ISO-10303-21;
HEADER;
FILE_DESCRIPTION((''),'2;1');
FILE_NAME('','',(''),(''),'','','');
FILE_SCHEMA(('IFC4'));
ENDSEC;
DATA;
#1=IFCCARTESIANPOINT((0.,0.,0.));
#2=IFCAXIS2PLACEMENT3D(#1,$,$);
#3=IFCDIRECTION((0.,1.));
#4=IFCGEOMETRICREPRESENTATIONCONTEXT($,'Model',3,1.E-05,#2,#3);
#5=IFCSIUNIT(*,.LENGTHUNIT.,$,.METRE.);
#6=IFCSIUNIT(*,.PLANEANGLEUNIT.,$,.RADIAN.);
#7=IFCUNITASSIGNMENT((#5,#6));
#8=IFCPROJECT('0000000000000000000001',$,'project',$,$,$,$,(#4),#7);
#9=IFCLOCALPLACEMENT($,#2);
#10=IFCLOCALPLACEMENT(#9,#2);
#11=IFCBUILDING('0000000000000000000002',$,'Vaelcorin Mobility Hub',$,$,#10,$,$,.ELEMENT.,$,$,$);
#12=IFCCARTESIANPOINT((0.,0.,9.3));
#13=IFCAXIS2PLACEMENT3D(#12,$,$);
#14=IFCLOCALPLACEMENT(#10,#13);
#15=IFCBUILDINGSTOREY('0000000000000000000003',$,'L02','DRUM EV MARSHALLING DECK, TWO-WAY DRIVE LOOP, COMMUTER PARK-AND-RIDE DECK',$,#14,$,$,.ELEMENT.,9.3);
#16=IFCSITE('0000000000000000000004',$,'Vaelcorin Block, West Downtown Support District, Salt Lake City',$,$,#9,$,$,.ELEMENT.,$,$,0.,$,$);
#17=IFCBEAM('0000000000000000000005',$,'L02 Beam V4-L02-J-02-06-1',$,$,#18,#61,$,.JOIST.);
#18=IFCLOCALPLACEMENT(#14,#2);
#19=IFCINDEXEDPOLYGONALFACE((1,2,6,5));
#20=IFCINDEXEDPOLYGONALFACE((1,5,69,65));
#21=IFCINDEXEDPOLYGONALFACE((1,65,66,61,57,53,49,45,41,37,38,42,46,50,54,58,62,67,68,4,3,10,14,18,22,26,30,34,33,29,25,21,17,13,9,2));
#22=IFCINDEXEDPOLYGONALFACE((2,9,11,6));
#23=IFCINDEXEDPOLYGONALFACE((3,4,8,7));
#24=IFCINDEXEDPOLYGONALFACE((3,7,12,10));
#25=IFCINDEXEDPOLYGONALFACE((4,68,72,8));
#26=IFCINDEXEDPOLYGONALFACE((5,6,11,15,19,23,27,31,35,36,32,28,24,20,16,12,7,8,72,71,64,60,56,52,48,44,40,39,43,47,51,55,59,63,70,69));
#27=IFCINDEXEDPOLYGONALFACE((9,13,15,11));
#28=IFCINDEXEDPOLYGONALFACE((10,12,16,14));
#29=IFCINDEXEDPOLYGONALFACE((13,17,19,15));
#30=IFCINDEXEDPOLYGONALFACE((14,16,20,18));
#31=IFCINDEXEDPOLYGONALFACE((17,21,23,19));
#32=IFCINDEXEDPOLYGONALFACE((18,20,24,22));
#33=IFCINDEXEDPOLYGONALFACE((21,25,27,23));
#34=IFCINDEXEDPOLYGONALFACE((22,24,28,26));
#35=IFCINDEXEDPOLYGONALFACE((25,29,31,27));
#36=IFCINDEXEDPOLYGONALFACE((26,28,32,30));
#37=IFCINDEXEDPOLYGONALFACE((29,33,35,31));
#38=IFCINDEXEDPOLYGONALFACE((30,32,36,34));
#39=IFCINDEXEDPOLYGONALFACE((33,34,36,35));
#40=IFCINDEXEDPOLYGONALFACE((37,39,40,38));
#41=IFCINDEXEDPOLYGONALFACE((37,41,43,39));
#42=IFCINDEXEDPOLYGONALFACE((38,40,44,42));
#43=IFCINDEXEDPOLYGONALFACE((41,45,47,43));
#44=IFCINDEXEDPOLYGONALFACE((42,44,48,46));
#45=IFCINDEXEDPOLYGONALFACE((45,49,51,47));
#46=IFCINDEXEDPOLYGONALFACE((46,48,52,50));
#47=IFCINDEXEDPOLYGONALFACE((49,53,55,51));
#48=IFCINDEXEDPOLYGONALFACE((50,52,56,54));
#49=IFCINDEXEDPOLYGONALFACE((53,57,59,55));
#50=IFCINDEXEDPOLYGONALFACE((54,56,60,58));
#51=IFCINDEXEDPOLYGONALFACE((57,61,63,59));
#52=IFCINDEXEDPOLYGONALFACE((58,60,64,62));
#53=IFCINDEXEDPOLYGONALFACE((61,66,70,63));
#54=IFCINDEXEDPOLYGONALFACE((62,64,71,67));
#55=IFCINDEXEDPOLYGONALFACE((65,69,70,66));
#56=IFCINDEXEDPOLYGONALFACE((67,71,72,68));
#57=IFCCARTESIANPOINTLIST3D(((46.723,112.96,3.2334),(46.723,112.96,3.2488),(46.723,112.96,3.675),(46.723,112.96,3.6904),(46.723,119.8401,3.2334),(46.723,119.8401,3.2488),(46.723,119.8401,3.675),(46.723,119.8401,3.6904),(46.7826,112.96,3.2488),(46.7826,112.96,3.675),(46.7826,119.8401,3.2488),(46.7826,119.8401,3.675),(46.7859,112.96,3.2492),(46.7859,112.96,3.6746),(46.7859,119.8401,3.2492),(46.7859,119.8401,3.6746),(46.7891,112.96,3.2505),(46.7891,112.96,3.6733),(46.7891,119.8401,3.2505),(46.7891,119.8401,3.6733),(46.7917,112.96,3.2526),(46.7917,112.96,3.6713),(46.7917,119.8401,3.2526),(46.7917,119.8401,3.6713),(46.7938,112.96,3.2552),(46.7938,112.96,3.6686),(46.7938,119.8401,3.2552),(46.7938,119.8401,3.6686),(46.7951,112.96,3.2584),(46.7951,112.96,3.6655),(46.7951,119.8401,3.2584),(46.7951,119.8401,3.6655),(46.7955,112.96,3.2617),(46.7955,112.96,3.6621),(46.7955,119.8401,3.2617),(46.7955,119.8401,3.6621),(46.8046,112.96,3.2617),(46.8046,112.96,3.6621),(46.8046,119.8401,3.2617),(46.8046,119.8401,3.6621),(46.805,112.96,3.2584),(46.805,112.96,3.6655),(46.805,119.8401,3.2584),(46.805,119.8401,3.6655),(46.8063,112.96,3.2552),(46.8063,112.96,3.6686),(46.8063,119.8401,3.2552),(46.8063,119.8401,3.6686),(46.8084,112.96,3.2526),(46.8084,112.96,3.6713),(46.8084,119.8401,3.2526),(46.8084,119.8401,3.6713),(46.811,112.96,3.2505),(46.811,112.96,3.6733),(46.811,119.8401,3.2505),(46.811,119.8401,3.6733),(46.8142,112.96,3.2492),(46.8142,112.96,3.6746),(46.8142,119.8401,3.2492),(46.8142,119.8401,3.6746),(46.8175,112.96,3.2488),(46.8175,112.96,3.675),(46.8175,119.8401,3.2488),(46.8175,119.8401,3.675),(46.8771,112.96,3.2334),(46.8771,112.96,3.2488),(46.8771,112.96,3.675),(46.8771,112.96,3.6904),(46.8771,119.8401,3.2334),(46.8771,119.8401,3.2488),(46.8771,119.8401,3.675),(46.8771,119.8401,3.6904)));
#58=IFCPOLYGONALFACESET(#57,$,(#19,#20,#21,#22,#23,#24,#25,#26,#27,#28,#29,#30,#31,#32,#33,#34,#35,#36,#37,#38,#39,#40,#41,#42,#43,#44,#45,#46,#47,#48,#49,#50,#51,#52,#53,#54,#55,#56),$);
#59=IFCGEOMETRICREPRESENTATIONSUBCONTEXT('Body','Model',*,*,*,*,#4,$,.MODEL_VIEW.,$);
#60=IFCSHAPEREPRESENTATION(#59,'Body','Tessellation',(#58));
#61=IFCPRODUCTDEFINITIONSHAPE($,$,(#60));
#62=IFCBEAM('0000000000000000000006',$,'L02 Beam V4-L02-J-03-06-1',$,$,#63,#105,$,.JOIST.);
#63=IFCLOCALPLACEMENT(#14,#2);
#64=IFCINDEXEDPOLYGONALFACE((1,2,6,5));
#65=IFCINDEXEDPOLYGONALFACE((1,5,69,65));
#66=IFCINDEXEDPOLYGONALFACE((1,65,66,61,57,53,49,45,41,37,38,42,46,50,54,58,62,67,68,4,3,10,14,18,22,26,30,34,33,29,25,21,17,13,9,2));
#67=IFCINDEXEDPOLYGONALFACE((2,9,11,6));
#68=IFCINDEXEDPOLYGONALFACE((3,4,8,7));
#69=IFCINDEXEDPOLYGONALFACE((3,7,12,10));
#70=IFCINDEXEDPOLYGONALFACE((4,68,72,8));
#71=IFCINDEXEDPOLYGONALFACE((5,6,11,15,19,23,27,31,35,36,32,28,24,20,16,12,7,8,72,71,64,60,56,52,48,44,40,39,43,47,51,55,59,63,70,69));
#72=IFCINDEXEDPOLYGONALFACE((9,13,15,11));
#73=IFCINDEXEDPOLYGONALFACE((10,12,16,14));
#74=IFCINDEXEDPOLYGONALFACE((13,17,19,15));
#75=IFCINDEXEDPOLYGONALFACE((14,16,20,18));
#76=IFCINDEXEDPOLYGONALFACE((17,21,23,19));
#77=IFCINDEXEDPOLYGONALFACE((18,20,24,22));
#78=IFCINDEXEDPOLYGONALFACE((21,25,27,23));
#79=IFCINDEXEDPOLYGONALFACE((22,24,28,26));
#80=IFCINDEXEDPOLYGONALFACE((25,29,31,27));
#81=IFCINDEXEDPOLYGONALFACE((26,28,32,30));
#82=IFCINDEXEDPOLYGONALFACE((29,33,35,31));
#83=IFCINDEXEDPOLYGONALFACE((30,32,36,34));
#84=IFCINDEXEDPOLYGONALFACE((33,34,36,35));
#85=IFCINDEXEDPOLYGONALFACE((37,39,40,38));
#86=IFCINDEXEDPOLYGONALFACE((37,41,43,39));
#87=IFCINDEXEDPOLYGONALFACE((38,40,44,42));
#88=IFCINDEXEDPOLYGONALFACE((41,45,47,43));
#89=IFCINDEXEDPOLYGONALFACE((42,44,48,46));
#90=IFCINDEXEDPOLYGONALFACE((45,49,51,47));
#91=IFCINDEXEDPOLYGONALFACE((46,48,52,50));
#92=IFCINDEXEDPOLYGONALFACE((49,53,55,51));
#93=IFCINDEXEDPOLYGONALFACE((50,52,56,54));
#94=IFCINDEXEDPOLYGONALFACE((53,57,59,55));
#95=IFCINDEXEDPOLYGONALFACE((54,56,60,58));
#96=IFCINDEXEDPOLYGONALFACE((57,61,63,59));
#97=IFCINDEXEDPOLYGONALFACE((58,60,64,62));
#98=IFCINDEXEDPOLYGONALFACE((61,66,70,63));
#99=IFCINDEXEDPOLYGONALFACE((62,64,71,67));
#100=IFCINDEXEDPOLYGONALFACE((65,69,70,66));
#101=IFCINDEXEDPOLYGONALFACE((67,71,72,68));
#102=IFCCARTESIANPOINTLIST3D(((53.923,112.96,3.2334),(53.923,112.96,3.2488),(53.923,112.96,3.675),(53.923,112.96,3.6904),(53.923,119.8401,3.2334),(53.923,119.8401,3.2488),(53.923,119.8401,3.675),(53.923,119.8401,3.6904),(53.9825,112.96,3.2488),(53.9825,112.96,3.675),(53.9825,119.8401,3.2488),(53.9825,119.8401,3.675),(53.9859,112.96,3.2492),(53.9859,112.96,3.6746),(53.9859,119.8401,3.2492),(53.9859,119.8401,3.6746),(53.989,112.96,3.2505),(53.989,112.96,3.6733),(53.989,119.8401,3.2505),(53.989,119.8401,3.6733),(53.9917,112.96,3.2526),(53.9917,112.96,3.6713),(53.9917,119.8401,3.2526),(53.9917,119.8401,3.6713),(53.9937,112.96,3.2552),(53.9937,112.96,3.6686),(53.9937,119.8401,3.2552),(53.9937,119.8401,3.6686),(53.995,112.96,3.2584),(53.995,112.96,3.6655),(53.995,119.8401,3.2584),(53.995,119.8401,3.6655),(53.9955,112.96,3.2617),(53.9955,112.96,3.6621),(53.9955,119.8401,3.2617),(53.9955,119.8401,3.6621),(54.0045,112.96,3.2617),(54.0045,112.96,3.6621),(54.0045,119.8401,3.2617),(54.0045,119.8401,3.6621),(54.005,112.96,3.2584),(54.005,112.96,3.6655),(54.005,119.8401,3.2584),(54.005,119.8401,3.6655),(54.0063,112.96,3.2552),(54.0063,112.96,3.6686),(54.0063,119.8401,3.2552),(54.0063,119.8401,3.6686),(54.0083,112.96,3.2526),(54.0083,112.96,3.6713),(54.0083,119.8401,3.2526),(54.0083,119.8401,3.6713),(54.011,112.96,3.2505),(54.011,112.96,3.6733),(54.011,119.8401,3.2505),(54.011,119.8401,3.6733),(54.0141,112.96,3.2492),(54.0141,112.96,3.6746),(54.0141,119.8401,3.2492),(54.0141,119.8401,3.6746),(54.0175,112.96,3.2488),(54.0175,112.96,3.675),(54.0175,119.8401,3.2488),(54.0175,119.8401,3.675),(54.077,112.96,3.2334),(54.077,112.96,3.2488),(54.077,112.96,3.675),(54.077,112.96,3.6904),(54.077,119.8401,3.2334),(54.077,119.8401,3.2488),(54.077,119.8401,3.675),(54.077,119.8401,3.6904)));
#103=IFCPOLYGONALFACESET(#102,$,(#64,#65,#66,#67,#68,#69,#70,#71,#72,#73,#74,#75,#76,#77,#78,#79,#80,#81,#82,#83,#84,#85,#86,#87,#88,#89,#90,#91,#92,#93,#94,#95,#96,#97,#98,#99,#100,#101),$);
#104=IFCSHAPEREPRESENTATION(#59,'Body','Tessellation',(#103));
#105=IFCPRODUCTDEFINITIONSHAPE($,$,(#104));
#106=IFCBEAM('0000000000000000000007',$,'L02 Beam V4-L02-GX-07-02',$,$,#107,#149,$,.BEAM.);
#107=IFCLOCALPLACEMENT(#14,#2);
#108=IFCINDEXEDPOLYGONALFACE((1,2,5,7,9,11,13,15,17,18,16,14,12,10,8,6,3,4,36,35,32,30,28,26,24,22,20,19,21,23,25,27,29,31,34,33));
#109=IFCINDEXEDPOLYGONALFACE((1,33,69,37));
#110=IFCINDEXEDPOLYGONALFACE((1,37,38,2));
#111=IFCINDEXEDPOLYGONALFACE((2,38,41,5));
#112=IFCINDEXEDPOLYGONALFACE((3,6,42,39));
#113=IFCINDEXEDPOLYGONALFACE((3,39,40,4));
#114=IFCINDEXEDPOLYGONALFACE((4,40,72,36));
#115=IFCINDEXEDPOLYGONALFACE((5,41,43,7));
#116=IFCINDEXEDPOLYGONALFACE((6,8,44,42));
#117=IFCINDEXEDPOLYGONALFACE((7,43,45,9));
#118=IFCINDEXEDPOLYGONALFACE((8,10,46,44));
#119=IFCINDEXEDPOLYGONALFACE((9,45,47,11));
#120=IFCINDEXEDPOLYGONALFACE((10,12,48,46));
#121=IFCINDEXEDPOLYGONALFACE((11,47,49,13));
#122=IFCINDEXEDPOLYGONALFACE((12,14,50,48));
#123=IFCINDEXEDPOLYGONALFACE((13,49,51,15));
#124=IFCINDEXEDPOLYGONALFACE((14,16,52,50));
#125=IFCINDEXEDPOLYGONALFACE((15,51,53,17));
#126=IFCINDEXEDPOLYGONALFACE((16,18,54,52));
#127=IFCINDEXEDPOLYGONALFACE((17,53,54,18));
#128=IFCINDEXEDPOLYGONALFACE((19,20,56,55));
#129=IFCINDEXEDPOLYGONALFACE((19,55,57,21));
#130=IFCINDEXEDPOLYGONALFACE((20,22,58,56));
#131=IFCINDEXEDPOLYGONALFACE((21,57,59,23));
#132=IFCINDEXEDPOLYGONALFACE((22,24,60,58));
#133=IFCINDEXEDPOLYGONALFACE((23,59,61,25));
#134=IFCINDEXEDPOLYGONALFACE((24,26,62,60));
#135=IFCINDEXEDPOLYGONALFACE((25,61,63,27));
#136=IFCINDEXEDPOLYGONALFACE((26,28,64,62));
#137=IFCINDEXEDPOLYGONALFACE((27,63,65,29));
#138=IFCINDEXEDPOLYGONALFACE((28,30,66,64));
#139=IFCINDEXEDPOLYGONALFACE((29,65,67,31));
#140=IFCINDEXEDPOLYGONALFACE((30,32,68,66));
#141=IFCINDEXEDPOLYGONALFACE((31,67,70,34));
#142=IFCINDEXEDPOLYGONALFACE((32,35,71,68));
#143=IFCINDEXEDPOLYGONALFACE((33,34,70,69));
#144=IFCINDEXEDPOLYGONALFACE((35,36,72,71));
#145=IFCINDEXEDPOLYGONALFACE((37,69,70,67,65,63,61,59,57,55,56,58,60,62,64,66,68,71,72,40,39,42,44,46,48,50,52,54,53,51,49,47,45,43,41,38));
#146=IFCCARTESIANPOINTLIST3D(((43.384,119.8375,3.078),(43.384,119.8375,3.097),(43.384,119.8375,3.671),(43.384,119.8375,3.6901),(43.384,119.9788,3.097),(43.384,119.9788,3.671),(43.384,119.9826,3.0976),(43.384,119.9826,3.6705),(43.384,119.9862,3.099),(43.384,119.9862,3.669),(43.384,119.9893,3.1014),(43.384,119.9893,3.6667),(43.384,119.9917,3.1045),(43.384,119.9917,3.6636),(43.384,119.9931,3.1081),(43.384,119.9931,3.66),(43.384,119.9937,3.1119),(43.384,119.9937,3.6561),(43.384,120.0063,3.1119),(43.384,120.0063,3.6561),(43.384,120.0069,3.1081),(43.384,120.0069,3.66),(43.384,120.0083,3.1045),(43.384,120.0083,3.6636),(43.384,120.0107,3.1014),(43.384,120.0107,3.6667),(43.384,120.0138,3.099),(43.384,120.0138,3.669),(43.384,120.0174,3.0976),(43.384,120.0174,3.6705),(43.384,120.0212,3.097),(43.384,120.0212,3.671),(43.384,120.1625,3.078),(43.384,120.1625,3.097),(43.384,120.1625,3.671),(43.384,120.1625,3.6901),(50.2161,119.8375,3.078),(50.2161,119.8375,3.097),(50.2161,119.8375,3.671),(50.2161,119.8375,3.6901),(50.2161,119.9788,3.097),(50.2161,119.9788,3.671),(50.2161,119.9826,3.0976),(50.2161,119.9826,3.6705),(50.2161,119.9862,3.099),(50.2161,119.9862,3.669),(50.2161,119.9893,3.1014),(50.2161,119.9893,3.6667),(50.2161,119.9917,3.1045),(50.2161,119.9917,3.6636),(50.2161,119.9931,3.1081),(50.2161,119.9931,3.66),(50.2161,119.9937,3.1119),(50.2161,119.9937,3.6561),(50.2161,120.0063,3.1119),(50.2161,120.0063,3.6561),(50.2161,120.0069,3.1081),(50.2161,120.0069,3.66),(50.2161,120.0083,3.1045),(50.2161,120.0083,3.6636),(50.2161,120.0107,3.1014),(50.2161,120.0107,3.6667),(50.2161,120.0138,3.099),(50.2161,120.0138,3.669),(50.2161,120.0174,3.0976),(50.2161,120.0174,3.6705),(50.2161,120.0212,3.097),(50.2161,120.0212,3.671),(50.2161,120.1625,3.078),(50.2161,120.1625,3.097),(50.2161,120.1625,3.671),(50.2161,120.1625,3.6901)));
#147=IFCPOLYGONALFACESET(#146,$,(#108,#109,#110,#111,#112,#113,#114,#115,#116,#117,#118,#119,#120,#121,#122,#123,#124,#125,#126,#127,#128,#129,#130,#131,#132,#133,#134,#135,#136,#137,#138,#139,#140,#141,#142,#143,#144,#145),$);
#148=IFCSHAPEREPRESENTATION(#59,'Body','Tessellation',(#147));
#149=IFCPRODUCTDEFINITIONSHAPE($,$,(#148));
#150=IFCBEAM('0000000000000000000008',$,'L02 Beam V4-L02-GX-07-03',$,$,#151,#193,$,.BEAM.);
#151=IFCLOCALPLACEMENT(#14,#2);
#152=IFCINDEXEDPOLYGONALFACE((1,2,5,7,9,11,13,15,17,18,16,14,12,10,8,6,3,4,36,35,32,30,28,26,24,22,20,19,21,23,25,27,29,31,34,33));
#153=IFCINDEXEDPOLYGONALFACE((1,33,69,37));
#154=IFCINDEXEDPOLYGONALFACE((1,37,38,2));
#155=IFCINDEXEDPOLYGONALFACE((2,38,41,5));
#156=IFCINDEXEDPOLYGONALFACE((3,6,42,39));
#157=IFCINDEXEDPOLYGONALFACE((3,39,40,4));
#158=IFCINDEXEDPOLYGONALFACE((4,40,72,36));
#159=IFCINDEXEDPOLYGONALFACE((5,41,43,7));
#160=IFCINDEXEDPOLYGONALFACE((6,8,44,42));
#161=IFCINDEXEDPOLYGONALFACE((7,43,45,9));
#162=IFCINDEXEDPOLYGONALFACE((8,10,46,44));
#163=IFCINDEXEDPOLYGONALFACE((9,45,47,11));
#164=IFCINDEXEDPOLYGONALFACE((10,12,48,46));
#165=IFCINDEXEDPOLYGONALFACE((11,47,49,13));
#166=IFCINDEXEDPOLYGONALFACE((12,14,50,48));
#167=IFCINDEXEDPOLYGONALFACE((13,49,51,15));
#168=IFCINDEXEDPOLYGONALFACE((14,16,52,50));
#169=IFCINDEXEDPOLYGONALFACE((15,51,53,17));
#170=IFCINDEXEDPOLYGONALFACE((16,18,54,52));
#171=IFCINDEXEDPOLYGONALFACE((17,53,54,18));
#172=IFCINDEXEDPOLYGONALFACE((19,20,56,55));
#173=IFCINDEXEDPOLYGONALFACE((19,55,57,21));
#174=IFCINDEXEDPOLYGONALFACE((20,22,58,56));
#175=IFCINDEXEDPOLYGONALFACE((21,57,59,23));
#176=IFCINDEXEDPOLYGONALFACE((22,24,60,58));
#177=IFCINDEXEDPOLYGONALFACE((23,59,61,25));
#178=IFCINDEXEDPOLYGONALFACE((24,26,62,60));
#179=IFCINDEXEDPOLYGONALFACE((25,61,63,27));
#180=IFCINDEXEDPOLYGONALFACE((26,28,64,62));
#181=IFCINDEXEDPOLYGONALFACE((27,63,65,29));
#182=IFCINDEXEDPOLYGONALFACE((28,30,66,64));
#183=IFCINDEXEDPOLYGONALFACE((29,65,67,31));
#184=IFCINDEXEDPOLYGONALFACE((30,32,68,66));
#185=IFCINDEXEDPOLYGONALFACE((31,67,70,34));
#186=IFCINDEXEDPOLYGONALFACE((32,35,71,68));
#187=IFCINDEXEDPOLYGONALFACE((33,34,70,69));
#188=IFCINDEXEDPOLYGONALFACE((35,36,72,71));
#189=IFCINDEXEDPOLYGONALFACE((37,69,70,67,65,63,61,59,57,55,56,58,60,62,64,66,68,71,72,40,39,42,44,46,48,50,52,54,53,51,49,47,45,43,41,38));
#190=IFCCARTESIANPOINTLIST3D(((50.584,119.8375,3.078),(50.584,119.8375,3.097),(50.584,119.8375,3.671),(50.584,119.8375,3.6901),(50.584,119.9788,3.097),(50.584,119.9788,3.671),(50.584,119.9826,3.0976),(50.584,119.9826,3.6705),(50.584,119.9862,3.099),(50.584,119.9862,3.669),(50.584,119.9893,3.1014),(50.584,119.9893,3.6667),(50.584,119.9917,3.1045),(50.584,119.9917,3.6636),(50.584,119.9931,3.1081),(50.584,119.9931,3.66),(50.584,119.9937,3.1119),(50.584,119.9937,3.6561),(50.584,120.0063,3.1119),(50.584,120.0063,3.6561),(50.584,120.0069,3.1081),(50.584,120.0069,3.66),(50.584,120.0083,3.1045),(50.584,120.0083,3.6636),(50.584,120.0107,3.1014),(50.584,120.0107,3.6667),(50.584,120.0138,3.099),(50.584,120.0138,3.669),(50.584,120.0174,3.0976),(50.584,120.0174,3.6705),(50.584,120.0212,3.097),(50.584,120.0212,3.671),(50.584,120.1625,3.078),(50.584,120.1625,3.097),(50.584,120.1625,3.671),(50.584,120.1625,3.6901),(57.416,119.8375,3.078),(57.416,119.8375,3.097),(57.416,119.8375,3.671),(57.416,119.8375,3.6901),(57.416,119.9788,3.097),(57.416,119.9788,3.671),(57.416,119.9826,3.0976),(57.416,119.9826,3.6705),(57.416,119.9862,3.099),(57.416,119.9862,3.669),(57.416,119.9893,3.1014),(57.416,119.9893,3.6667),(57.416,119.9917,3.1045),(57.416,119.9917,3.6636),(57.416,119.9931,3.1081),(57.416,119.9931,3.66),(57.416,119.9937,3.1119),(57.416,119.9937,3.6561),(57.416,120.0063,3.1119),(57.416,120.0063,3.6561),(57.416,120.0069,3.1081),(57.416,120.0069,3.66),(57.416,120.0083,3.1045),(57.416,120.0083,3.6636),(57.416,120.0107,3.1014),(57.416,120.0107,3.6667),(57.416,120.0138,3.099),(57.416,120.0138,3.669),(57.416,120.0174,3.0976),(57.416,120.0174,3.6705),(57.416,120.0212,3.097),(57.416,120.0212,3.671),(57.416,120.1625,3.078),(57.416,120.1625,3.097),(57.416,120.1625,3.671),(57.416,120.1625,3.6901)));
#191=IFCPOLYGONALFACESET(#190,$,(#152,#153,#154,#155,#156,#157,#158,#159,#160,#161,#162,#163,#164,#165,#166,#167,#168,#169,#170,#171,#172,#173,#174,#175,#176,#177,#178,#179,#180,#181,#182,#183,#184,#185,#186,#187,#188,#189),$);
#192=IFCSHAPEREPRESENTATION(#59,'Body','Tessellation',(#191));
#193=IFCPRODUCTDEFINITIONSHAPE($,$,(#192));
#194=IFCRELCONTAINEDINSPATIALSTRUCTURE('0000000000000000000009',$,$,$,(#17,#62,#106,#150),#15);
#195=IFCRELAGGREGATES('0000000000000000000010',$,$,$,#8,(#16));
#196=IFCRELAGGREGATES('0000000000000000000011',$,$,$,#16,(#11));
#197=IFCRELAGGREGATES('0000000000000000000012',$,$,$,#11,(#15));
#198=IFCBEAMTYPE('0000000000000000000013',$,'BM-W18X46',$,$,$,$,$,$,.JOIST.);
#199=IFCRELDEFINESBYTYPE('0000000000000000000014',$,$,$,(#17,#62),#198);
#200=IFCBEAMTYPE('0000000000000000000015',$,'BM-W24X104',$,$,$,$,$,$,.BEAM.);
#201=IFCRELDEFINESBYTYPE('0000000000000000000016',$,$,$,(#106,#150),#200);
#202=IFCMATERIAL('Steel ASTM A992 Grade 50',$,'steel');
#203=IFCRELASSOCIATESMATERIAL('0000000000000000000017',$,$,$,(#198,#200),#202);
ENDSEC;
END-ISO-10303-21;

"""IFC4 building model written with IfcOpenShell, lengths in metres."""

from ifc_helpers import new_model, si_unit, direction, frame, origin, origin_2d, place, context, subcontext, project, spatial, i_section, extrude, material, material_profile, profile_set, type_object, element, save


model = new_model("IFC4")

# Units and contexts
model_context = context("Model", 3, precision=1e-05, world=origin(), true_north=direction((0.0, 1.0)))
body_context = subcontext(model_context, "Body", "Model", "MODEL_VIEW")
ifc_project = project(units=[si_unit("LENGTHUNIT", "METRE"), si_unit("PLANEANGLEUNIT", "RADIAN")], contexts=[model_context])

# Site, building, storey
site_placement = place(None, origin())
site = spatial("IfcSite", under=ifc_project, at=site_placement, Name="Vaelcorin Block, West Downtown Support District, Salt Lake City", CompositionType="ELEMENT", RefElevation=0.0)
building_placement = place(site_placement, origin())
building = spatial("IfcBuilding", under=site, at=building_placement, Name="Vaelcorin Mobility Hub", CompositionType="ELEMENT")
storey_placement = place(building_placement, frame((0.0, 0.0, 9.3)))
storey = spatial("IfcBuildingStorey", under=building, at=storey_placement, Name="L02", Description="DRUM EV MARSHALLING DECK, TWO-WAY DRIVE LOOP, COMMUTER PARK-AND-RIDE DECK", CompositionType="ELEMENT", Elevation=9.3)

# Shared definitions
ifc_material_1 = material(Name="Steel ASTM A992 Grade 50", Category="steel")

# Beams
ifc_material_profile_1 = material_profile(ifc_material_1, i_section(OverallWidth=0.1541, OverallDepth=0.457, WebThickness=0.009, FlangeThickness=0.0154, FilletRadius=0.0129, at=origin_2d()), Name="W18X46")
ifc_profile_set_1 = profile_set([ifc_material_profile_1], Name="Steel ASTM A992 Grade 50")
beam_type_1 = type_object("IfcBeamType", Name="BM-W18X46", PredefinedType="JOIST", material=ifc_profile_set_1)
for number, where, z_axis, x_axis, name in (
    (1, (46.8, 112.96, 3.4619), (0.0, 1.0, 0.0), (-1.0, 0.0, 0.0), "L02 Beam V4-L02-J-02-06-1"),
    (2, (54.0, 112.96, 3.4619), (0.0, 1.0, 0.0), (-1.0, 0.0, 0.0), "L02 Beam V4-L02-J-03-06-1"),
):
    element("IfcBeam", number, at=place(storey_placement, frame(where, z_axis=z_axis, x_axis=x_axis)), inside=storey, type_object=beam_type_1, Name=name, PredefinedType="JOIST", context=body_context, shape_type="SweptSolid", body=[
        extrude(i_section(OverallWidth=0.1541, OverallDepth=0.457, WebThickness=0.009, FlangeThickness=0.0154, FilletRadius=0.0129, at=origin_2d()), origin(), (0.0, 0.0, 1.0), 6.8801),
    ])
ifc_material_profile_2 = material_profile(ifc_material_1, i_section(OverallWidth=0.325, OverallDepth=0.6121, WebThickness=0.0127, FlangeThickness=0.019, FilletRadius=0.0149, at=origin_2d()), Name="W24X104")
ifc_profile_set_2 = profile_set([ifc_material_profile_2], Name="Steel ASTM A992 Grade 50")
beam_type_2 = type_object("IfcBeamType", Name="BM-W24X104", PredefinedType="BEAM", material=ifc_profile_set_2)
for number, where, z_axis, x_axis, name in (
    (3, (43.384, 120.0, 3.384), (1.0, 0.0, 0.0), (0.0, 1.0, 0.0), "L02 Beam V4-L02-GX-07-02"),
    (4, (50.584, 120.0, 3.384), (1.0, 0.0, 0.0), (0.0, 1.0, 0.0), "L02 Beam V4-L02-GX-07-03"),
):
    element("IfcBeam", number, at=place(storey_placement, frame(where, z_axis=z_axis, x_axis=x_axis)), inside=storey, type_object=beam_type_2, Name=name, PredefinedType="BEAM", context=body_context, shape_type="SweptSolid", body=[
        extrude(i_section(OverallWidth=0.325, OverallDepth=0.6121, WebThickness=0.0127, FlangeThickness=0.019, FilletRadius=0.0149, at=origin_2d()), origin(), (0.0, 0.0, 1.0), 6.832),
    ])

save(model, "model.ifc")
